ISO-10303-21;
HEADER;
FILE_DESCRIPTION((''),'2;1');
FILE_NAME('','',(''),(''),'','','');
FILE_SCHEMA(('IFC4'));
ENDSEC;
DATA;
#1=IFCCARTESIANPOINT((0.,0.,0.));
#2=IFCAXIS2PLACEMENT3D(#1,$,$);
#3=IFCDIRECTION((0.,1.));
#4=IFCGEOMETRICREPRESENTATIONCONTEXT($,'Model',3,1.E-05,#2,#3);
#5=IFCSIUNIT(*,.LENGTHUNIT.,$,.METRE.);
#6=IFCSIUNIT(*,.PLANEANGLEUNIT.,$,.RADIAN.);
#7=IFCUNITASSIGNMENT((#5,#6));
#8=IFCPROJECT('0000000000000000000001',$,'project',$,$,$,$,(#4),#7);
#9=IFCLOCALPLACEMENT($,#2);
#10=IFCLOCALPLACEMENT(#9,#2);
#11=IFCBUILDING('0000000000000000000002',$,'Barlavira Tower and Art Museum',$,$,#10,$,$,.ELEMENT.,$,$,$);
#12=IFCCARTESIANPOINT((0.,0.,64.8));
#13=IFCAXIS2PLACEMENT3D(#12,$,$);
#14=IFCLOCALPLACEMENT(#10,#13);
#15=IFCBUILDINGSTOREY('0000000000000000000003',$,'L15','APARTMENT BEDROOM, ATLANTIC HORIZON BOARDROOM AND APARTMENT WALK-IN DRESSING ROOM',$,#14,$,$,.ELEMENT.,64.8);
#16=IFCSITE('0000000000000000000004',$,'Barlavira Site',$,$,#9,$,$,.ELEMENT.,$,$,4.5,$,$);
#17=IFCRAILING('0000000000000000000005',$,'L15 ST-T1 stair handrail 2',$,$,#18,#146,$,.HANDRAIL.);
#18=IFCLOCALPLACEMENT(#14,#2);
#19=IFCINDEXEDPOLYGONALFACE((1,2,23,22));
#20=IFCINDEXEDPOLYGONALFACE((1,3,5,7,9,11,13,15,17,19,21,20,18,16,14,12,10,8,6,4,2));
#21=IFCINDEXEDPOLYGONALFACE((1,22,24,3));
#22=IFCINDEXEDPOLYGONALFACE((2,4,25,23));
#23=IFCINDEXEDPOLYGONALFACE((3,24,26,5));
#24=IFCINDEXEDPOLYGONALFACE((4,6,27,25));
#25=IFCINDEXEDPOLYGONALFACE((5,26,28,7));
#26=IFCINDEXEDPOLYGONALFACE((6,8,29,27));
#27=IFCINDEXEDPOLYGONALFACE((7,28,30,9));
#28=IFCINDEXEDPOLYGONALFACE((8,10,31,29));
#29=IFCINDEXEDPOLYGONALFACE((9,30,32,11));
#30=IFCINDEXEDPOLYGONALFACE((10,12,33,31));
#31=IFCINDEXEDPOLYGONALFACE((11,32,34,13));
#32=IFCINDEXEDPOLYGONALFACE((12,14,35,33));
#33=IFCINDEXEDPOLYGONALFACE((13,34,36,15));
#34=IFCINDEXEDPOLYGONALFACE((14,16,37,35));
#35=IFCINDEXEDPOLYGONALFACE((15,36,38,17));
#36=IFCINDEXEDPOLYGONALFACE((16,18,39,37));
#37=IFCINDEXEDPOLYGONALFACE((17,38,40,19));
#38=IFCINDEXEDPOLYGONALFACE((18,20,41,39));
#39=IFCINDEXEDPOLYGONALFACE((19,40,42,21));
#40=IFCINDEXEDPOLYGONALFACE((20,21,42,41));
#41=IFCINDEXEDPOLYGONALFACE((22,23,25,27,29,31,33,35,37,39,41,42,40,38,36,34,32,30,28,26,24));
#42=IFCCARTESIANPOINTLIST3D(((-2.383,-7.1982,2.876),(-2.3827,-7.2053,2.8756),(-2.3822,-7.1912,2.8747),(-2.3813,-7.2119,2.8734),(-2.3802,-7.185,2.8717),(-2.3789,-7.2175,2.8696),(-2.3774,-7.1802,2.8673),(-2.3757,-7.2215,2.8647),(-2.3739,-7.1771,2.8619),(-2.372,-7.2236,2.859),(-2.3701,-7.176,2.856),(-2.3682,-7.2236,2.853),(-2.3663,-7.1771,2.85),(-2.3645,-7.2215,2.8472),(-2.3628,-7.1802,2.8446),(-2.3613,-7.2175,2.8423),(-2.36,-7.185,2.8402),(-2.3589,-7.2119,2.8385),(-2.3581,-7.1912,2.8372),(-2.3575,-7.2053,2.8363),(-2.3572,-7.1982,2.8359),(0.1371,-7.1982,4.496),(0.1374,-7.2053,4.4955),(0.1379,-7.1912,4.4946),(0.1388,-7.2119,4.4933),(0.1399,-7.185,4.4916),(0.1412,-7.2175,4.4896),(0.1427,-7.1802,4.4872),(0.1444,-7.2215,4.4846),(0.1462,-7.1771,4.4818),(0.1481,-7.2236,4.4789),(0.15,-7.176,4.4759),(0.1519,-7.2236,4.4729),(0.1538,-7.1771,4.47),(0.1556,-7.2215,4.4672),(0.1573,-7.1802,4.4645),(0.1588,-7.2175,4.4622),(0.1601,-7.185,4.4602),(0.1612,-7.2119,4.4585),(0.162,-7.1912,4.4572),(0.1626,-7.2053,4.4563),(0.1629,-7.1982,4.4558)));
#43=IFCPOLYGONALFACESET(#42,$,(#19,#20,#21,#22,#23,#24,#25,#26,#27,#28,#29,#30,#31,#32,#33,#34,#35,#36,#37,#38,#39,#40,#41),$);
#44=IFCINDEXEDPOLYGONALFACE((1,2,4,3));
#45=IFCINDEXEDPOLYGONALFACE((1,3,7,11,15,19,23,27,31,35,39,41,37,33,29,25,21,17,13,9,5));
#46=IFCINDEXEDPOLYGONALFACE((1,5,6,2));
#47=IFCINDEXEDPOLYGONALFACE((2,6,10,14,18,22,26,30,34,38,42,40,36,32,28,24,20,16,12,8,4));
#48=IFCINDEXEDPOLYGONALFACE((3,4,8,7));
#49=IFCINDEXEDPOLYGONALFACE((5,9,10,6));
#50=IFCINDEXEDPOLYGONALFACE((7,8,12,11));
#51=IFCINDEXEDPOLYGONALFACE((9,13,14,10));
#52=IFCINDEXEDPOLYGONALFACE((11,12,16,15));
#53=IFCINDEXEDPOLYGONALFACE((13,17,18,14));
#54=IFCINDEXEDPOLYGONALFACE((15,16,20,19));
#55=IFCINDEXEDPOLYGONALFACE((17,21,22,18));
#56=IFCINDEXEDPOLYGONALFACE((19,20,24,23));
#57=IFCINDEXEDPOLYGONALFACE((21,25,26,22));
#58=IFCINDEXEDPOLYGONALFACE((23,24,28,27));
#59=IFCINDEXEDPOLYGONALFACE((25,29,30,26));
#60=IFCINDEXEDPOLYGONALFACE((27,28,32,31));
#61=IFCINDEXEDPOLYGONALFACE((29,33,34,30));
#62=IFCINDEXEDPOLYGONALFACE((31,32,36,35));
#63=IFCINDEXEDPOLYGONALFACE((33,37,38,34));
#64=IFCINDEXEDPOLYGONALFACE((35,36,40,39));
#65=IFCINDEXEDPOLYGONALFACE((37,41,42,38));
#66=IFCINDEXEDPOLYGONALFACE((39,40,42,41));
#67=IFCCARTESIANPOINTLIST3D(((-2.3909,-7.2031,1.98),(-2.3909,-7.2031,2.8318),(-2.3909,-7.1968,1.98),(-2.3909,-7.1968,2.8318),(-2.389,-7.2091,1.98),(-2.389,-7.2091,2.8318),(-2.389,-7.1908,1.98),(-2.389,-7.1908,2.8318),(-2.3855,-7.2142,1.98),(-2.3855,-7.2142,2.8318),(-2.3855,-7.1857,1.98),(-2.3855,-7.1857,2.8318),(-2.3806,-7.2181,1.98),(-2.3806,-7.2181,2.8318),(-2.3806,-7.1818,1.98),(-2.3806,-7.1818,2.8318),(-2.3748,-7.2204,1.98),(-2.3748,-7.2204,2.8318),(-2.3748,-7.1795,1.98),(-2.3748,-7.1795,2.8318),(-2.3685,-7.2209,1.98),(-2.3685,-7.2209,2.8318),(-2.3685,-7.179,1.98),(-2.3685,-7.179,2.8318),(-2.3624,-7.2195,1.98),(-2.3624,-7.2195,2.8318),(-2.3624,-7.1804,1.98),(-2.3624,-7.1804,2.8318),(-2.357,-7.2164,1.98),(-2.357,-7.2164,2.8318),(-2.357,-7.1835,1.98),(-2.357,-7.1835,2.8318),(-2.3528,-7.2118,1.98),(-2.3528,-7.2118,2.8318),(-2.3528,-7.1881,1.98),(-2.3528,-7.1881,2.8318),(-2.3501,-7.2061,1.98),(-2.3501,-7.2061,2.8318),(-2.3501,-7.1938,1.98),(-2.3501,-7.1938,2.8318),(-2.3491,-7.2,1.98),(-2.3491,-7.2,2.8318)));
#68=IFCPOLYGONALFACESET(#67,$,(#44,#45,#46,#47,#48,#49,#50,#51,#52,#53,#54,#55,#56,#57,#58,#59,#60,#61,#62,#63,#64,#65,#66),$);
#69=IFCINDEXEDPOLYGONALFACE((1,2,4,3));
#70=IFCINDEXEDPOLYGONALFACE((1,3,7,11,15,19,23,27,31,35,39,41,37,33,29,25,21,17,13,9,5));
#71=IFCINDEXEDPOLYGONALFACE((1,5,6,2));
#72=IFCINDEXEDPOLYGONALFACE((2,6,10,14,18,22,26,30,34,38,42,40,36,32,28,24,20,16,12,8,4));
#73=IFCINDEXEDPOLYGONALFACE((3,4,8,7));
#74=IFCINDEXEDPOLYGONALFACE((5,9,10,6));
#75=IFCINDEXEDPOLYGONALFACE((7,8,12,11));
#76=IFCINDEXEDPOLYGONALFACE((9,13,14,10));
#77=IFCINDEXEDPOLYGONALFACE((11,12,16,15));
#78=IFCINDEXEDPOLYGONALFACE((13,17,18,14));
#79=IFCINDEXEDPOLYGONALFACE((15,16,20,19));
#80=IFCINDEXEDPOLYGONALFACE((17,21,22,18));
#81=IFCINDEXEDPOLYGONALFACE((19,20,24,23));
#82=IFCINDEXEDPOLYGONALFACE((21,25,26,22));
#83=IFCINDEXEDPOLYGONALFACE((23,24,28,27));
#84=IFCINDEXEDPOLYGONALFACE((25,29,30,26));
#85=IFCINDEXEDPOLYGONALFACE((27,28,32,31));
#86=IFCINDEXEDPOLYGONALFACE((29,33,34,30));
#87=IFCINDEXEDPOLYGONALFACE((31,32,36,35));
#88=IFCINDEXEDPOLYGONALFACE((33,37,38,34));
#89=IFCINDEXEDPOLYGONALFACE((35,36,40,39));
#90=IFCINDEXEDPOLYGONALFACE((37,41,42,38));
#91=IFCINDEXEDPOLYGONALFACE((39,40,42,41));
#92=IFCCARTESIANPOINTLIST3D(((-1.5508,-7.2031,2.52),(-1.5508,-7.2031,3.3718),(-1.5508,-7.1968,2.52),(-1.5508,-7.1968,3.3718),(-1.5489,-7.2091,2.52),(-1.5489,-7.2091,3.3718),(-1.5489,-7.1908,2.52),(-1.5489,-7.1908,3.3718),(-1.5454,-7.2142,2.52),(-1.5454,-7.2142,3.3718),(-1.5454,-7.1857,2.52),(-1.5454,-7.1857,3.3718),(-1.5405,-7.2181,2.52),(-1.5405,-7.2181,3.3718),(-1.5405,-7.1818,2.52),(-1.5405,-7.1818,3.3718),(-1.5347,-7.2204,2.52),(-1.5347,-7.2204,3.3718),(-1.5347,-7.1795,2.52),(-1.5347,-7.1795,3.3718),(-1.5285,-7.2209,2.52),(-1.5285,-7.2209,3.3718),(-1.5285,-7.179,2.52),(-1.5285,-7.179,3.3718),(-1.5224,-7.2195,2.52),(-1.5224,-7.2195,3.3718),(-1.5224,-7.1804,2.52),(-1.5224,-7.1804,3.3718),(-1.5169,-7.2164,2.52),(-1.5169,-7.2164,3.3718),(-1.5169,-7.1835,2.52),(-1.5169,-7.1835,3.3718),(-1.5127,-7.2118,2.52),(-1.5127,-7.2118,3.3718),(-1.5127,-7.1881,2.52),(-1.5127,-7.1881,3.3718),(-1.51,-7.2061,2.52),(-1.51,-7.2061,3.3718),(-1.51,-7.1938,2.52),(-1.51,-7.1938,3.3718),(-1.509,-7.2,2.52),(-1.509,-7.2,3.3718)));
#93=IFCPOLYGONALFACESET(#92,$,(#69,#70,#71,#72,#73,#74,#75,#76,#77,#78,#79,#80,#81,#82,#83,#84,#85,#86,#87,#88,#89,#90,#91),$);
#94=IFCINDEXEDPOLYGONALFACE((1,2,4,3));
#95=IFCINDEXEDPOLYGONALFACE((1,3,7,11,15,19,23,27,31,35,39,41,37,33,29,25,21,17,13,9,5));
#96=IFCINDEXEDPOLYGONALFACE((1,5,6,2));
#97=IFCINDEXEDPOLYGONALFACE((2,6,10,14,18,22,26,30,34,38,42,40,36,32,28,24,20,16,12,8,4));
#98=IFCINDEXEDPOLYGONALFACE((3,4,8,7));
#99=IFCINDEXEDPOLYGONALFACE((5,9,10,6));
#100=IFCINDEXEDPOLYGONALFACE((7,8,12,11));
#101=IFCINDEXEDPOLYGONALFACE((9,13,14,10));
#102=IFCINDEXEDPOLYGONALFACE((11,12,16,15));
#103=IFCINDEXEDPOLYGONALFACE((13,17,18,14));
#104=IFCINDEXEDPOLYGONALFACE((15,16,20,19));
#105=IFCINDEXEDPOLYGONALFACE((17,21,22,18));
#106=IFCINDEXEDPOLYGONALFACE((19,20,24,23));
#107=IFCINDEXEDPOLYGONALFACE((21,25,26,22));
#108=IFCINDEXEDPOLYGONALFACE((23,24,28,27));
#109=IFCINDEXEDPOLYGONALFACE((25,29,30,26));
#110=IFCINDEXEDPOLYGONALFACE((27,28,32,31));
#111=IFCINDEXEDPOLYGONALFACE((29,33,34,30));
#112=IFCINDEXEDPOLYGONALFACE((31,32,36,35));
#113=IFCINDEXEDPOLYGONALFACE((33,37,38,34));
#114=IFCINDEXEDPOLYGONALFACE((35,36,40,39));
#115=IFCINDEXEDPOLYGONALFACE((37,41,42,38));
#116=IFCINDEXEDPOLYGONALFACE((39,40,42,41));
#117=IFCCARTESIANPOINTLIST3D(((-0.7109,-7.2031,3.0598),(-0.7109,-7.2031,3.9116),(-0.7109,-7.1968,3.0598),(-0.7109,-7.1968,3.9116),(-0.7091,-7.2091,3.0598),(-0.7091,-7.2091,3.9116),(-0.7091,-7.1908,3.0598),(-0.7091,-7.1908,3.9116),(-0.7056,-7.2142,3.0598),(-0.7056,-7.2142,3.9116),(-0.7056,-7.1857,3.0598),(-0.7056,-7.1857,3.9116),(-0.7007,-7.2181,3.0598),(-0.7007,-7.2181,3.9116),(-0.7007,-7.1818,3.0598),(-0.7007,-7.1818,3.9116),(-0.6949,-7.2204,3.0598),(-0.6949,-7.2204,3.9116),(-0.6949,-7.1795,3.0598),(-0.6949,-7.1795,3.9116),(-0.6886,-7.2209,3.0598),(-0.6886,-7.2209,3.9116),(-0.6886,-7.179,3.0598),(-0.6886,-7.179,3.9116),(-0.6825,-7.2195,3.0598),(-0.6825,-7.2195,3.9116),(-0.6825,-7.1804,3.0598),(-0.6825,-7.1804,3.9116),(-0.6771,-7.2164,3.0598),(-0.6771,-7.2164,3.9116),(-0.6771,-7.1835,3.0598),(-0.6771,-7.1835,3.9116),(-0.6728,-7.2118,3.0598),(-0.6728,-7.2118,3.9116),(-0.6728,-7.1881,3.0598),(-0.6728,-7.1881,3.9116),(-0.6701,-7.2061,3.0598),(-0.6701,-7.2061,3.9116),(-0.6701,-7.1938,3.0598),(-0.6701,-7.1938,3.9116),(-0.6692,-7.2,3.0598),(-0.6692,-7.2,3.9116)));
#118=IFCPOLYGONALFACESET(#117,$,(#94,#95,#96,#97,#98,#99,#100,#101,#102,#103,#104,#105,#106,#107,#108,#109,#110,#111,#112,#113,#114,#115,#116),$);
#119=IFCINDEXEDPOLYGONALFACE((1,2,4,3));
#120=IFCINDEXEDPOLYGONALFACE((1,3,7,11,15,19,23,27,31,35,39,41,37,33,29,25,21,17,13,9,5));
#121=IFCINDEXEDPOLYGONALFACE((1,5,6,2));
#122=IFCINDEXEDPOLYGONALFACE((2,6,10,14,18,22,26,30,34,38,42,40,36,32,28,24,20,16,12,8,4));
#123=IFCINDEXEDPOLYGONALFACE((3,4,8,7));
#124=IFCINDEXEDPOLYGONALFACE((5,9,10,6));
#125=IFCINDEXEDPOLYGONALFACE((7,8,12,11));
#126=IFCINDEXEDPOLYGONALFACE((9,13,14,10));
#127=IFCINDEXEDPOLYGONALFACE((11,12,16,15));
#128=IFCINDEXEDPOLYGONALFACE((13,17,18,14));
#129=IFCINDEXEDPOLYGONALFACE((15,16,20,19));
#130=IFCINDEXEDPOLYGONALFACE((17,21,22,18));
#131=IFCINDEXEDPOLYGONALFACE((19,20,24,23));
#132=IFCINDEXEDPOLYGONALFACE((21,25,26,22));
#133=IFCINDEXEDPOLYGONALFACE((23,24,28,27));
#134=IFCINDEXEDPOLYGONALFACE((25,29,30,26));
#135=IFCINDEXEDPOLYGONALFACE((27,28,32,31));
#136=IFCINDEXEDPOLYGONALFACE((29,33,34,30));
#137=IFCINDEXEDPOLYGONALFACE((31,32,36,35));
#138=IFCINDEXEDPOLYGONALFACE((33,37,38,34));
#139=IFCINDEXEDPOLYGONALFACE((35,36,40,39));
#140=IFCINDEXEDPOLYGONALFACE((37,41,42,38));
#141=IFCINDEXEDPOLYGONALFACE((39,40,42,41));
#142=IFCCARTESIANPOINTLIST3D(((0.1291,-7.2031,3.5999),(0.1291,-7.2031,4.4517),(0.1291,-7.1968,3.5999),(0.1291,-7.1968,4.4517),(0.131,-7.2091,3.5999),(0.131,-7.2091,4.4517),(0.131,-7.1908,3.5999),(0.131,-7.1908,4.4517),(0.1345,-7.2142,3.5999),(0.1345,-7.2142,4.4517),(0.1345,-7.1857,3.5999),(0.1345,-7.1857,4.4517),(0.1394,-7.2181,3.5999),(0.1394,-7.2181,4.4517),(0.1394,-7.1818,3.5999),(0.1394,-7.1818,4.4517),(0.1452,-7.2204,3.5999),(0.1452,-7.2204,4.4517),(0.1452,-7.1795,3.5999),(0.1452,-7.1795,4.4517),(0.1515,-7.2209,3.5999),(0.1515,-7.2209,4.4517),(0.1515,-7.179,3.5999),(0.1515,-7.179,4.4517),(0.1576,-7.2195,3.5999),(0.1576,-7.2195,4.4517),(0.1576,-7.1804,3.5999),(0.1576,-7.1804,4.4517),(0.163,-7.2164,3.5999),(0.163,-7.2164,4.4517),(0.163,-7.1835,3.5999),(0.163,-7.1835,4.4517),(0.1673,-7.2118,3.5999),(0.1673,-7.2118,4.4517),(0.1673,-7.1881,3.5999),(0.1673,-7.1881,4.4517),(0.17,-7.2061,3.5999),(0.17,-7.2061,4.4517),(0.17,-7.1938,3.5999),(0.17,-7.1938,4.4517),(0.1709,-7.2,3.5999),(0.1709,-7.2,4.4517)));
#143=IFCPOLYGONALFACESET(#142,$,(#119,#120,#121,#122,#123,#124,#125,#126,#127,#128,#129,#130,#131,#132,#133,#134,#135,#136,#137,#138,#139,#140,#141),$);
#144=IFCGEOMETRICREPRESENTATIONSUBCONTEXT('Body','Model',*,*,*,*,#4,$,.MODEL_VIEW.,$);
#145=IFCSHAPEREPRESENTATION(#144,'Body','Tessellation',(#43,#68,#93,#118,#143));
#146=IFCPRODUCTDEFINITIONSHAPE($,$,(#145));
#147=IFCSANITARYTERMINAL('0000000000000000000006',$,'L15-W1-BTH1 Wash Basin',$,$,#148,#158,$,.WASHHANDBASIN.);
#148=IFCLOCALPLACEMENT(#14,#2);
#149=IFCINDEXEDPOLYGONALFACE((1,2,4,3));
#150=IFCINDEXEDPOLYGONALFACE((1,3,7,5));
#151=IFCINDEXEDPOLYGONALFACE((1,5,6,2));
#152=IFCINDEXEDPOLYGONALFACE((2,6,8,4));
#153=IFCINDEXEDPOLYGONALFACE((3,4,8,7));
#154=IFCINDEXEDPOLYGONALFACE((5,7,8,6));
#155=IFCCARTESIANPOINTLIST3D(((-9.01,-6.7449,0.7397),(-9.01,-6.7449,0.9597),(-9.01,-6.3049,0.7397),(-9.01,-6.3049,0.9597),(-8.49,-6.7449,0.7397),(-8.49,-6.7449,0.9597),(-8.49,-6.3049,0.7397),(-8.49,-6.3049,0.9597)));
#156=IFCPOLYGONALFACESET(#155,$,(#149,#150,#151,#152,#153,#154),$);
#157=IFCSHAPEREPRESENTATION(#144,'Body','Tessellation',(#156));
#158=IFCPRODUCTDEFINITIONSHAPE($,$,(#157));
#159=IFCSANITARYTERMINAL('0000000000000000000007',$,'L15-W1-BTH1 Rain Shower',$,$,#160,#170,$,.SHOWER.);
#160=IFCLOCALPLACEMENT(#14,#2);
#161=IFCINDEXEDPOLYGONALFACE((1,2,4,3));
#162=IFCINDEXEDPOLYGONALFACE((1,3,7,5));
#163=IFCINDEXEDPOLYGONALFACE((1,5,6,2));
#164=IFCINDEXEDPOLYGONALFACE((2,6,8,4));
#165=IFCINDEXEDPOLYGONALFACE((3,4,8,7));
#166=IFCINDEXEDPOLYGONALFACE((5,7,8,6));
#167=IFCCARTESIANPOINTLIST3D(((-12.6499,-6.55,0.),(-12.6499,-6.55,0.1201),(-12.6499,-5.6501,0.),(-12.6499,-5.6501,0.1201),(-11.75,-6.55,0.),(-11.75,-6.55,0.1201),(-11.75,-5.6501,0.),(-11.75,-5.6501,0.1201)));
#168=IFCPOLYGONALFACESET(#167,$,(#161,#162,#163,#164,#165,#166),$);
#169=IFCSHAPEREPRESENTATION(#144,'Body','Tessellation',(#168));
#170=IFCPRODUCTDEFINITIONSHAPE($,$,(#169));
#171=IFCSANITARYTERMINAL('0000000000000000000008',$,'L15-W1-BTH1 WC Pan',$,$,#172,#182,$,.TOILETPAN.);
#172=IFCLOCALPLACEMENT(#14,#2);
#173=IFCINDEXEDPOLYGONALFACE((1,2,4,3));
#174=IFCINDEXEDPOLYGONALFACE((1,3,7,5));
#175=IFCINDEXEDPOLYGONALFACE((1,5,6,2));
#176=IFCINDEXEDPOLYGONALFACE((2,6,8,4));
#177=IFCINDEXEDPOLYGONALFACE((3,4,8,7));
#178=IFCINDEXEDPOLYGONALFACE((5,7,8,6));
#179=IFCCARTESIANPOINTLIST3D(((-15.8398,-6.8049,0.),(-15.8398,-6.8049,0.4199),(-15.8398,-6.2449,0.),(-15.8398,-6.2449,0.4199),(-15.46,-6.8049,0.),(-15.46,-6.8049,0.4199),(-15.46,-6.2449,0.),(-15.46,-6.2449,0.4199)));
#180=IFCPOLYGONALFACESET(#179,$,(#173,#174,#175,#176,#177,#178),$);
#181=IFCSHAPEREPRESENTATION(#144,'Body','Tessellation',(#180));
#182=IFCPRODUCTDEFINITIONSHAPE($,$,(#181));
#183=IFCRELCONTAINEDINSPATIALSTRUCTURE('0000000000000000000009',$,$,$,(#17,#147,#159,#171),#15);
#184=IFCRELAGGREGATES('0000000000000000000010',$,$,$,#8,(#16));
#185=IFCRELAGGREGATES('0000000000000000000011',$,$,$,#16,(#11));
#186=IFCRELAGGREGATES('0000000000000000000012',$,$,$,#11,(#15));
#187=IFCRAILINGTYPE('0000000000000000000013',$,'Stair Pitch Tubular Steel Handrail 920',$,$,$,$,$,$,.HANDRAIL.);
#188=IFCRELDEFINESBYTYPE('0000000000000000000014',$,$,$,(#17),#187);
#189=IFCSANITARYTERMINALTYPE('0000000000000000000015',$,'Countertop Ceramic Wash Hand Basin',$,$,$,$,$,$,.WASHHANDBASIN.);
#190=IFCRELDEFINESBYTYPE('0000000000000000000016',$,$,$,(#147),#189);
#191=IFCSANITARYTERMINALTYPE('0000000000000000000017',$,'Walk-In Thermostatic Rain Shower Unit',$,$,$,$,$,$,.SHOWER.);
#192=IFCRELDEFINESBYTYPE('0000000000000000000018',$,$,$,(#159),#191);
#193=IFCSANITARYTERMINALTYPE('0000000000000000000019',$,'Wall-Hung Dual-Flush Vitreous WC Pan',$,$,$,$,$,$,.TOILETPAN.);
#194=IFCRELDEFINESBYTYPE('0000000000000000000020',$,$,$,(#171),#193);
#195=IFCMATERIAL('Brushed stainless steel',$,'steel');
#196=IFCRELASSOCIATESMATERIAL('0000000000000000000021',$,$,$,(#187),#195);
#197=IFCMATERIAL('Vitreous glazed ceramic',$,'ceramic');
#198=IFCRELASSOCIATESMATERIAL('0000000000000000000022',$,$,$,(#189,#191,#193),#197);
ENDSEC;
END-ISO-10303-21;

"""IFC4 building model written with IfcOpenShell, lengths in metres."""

from ifc_helpers import new_model, si_unit, direction, frame, origin, origin_2d, place, context, subcontext, project, spatial, rectangle, circle, extrude, material, type_object, element, save


model = new_model("IFC4")

# Units and contexts
model_context = context("Model", 3, precision=1e-05, world=origin(), true_north=direction((0.0, 1.0)))
body_context = subcontext(model_context, "Body", "Model", "MODEL_VIEW")
ifc_project = project(units=[si_unit("LENGTHUNIT", "METRE"), si_unit("PLANEANGLEUNIT", "RADIAN")], contexts=[model_context])

# Site, building, storey
site_placement = place(None, origin())
site = spatial("IfcSite", under=ifc_project, at=site_placement, Name="Barlavira Site", CompositionType="ELEMENT", RefElevation=4.5)
building_placement = place(site_placement, origin())
building = spatial("IfcBuilding", under=site, at=building_placement, Name="Barlavira Tower and Art Museum", CompositionType="ELEMENT")
storey_placement = place(building_placement, frame((0.0, 0.0, 64.8)))
storey = spatial("IfcBuildingStorey", under=building, at=storey_placement, Name="L15", Description="APARTMENT BEDROOM, ATLANTIC HORIZON BOARDROOM AND APARTMENT WALK-IN DRESSING ROOM", CompositionType="ELEMENT", Elevation=64.8)

# Shared definitions
ifc_material_1 = material(Name="Brushed stainless steel", Category="steel")

# Railing
railing_type_1 = type_object("IfcRailingType", Name="Stair Pitch Tubular Steel Handrail 920", PredefinedType="HANDRAIL", material=ifc_material_1)
railing_1_placement = place(storey_placement, frame((-2.3701, -7.2, 1.98)))
element("IfcRailing", 1, at=railing_1_placement, inside=storey, type_object=railing_type_1, Name="L15 ST-T1 stair handrail 2", PredefinedType="HANDRAIL", context=body_context, shape_type="SweptSolid", body=[
    extrude(circle(Radius=0.0239, at=origin_2d()), frame((0.0, 0.0, 0.876), z_axis=(0.8412, 0.0, 0.540725), x_axis=(0.0, 1.0, 0.0)), (0.0, 0.0, 1.0), 2.9958),
    extrude(circle(Radius=0.021, at=origin_2d()), origin(), (0.0, 0.0, 1.0), 0.8518),
    extrude(circle(Radius=0.021, at=origin_2d()), frame((0.8401, 0.0, 0.54)), (0.0, 0.0, 1.0), 0.8518),
    extrude(circle(Radius=0.021, at=origin_2d()), frame((1.6799, 0.0, 1.0798)), (0.0, 0.0, 1.0), 0.8518),
    extrude(circle(Radius=0.021, at=origin_2d()), frame((2.52, 0.0, 1.6199)), (0.0, 0.0, 1.0), 0.8518),
])

# Sanitary terminals
ifc_material_2 = material(Name="Vitreous glazed ceramic", Category="ceramic")
sanitary_terminal_type_1 = type_object("IfcSanitaryTerminalType", Name="Countertop Ceramic Wash Hand Basin", PredefinedType="WASHHANDBASIN", material=ifc_material_2)
sanitary_terminal_1_placement = place(storey_placement, frame((-8.75, -6.5249, 0.7397), z_axis=(0.0, 0.0, 1.0), x_axis=(1.0, 0.0, 0.0)))
element("IfcSanitaryTerminal", 2, at=sanitary_terminal_1_placement, inside=storey, type_object=sanitary_terminal_type_1, Name="L15-W1-BTH1 Wash Basin", PredefinedType="WASHHANDBASIN", context=body_context, shape_type="SweptSolid", body=[
    extrude(rectangle(XDim=0.52, YDim=0.4399, at=origin_2d()), origin(), (0.0, 0.0, 1.0), 0.22),
])
sanitary_terminal_type_2 = type_object("IfcSanitaryTerminalType", Name="Walk-In Thermostatic Rain Shower Unit", PredefinedType="SHOWER", material=ifc_material_2)
sanitary_terminal_2_placement = place(storey_placement, frame((-12.2, -6.1001, 0.0), z_axis=(0.0, 0.0, 1.0), x_axis=(1.0, 0.0, 0.0)))
element("IfcSanitaryTerminal", 3, at=sanitary_terminal_2_placement, inside=storey, type_object=sanitary_terminal_type_2, Name="L15-W1-BTH1 Rain Shower", PredefinedType="SHOWER", context=body_context, shape_type="SweptSolid", body=[
    extrude(rectangle(XDim=0.8999, YDim=0.8999, at=origin_2d()), origin(), (0.0, 0.0, 1.0), 0.1201),
])
sanitary_terminal_type_3 = type_object("IfcSanitaryTerminalType", Name="Wall-Hung Dual-Flush Vitreous WC Pan", PredefinedType="TOILETPAN", material=ifc_material_2)
sanitary_terminal_3_placement = place(storey_placement, frame((-15.6499, -6.5249, 0.0), z_axis=(0.0, 0.0, 1.0), x_axis=(1.0, 0.0, 0.0)))
element("IfcSanitaryTerminal", 4, at=sanitary_terminal_3_placement, inside=storey, type_object=sanitary_terminal_type_3, Name="L15-W1-BTH1 WC Pan", PredefinedType="TOILETPAN", context=body_context, shape_type="SweptSolid", body=[
    extrude(rectangle(XDim=0.3799, YDim=0.5601, at=origin_2d()), origin(), (0.0, 0.0, 1.0), 0.4199),
])

save(model, "model.ifc")
